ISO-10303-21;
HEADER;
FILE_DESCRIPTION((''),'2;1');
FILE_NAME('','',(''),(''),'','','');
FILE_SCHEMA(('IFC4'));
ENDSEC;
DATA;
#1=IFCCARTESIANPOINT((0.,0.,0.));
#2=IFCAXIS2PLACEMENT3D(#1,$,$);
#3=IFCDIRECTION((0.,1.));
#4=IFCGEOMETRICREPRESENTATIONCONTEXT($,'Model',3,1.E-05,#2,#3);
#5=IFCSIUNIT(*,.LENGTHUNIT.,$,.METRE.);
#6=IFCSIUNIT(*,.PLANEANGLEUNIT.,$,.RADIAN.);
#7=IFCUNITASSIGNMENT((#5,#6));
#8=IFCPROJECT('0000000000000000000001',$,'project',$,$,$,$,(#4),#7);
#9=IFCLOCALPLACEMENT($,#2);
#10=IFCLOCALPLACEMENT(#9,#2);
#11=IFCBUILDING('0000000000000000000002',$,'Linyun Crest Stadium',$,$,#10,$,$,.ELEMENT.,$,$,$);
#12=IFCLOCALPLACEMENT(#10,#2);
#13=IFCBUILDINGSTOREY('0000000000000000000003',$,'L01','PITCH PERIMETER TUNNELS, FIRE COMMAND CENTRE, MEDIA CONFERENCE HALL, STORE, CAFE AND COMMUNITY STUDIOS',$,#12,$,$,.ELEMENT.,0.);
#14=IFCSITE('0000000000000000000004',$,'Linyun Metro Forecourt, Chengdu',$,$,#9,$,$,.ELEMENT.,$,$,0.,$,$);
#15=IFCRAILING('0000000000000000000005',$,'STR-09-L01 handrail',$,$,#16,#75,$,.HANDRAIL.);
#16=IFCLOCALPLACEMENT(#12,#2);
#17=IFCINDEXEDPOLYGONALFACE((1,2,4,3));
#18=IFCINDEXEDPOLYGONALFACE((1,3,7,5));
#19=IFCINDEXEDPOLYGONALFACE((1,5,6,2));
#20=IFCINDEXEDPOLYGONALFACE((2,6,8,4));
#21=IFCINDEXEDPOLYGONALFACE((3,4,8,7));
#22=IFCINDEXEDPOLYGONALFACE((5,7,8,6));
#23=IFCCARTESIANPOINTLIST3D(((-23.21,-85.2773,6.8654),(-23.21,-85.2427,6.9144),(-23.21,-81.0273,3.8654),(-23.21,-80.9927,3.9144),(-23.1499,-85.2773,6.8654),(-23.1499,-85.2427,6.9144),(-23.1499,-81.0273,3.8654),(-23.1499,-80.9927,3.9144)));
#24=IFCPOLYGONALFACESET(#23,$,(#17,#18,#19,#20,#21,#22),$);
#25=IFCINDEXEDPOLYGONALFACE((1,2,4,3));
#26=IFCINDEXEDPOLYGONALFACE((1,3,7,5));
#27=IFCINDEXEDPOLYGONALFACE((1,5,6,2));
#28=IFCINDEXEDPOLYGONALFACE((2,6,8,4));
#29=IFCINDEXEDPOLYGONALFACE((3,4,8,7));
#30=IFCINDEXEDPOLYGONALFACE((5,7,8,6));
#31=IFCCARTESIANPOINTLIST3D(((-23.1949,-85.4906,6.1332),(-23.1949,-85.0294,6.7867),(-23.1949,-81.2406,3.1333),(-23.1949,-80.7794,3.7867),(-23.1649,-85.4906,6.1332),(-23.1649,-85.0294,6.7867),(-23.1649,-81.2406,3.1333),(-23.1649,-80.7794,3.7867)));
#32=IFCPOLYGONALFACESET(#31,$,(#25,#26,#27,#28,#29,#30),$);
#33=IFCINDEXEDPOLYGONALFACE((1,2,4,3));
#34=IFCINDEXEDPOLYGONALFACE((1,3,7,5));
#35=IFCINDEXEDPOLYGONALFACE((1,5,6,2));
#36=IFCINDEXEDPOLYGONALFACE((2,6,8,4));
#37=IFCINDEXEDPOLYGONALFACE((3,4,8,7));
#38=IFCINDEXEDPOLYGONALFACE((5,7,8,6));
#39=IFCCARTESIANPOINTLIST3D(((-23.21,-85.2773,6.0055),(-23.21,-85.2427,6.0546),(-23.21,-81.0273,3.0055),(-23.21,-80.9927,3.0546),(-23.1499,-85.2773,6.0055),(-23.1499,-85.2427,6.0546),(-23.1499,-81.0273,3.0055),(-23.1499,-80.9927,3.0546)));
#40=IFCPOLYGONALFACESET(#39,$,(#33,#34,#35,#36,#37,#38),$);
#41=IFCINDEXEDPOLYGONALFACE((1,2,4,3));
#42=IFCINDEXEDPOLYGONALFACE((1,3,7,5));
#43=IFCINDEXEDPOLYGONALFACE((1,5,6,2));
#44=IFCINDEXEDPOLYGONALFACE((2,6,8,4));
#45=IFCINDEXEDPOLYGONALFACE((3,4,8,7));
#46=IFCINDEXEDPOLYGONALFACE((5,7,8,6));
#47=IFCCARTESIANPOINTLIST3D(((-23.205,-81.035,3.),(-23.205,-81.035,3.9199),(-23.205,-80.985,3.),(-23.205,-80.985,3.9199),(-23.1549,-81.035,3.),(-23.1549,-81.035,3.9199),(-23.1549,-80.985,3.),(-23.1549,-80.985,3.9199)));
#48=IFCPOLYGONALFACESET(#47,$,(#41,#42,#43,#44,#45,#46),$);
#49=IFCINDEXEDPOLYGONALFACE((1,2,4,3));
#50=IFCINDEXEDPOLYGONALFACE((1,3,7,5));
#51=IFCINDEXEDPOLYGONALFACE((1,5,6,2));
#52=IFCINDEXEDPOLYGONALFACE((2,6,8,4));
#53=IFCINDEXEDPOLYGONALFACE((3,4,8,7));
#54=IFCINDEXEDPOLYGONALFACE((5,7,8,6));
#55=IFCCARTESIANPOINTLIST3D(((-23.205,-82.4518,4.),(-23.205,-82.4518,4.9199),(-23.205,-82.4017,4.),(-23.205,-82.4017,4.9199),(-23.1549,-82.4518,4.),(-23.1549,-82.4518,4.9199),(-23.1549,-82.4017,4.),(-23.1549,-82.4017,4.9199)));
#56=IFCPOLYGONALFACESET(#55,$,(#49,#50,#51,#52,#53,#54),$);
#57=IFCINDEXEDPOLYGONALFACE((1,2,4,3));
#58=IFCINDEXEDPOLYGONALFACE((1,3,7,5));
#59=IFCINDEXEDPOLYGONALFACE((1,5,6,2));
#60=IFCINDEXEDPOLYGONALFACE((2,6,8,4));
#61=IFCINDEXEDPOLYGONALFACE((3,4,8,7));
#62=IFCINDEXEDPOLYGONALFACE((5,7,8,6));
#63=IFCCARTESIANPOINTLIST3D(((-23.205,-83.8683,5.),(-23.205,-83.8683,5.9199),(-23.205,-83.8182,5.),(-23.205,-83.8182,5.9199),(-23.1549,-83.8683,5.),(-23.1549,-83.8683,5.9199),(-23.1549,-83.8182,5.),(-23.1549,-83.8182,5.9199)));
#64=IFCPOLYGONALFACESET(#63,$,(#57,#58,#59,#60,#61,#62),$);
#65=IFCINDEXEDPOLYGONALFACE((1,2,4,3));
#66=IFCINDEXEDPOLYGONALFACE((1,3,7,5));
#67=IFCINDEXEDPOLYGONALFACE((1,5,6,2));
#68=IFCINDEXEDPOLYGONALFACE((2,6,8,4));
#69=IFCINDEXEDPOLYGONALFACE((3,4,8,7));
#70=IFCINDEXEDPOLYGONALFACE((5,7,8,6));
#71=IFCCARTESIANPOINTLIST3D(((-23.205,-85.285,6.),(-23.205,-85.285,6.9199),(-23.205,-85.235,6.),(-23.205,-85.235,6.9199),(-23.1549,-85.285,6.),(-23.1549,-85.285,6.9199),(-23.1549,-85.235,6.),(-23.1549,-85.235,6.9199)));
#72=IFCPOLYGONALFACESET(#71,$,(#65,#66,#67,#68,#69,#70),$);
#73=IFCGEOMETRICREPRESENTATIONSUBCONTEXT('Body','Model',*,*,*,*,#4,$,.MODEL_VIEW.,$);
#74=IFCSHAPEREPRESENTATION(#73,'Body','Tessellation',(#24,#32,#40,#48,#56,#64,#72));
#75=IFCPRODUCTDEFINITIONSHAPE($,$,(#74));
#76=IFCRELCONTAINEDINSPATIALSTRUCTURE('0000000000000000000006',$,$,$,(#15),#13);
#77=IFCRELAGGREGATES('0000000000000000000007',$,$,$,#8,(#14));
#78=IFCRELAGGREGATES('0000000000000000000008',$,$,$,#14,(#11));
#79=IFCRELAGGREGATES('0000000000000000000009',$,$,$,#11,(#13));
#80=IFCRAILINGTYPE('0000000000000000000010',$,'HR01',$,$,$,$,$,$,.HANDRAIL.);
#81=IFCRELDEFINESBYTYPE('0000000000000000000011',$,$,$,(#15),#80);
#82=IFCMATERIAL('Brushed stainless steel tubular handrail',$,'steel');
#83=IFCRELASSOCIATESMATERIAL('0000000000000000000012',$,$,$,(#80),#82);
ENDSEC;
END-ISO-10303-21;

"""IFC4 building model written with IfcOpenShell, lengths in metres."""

from ifc_helpers import new_model, si_unit, direction, frame, origin, origin_2d, place, context, subcontext, project, spatial, rectangle, extrude, material, type_object, element, save


model = new_model("IFC4")

# Units and contexts
model_context = context("Model", 3, precision=1e-05, world=origin(), true_north=direction((0.0, 1.0)))
body_context = subcontext(model_context, "Body", "Model", "MODEL_VIEW")
ifc_project = project(units=[si_unit("LENGTHUNIT", "METRE"), si_unit("PLANEANGLEUNIT", "RADIAN")], contexts=[model_context])

# Site, building, storey
site_placement = place(None, origin())
site = spatial("IfcSite", under=ifc_project, at=site_placement, Name="Linyun Metro Forecourt, Chengdu", CompositionType="ELEMENT", RefElevation=0.0)
building_placement = place(site_placement, origin())
building = spatial("IfcBuilding", under=site, at=building_placement, Name="Linyun Crest Stadium", CompositionType="ELEMENT")
storey_placement = place(building_placement, origin())
storey = spatial("IfcBuildingStorey", under=building, at=storey_placement, Name="L01", Description="PITCH PERIMETER TUNNELS, FIRE COMMAND CENTRE, MEDIA CONFERENCE HALL, STORE, CAFE AND COMMUNITY STUDIOS", CompositionType="ELEMENT", Elevation=0.0)

# Railing
ifc_material_1 = material(Name="Brushed stainless steel tubular handrail", Category="steel")
railing_type_1 = type_object("IfcRailingType", Name="HR01", PredefinedType="HANDRAIL", material=ifc_material_1)
railing_1_placement = place(storey_placement, frame((-23.1799, -81.01, 3.0)))
element("IfcRailing", 1, at=railing_1_placement, inside=storey, type_object=railing_type_1, Name="STR-09-L01 handrail", PredefinedType="HANDRAIL", context=body_context, shape_type="SweptSolid", body=[
    extrude(rectangle(XDim=0.0601, YDim=0.0601, at=origin_2d()), frame((0.0, 0.0, 0.8899), z_axis=(0.0, -0.816968, 0.576683), x_axis=(1.0, 0.0, 0.0)), (0.0, 0.0, 1.0), 5.2021),
    extrude(rectangle(XDim=0.03, YDim=0.7998, at=origin_2d()), frame((0.0, 0.0, 0.46), z_axis=(0.0, -0.816968, 0.576683), x_axis=(1.0, 0.0, 0.0)), (0.0, 0.0, 1.0), 5.2021),
    extrude(rectangle(XDim=0.0601, YDim=0.0601, at=origin_2d()), frame((0.0, 0.0, 0.03), z_axis=(0.0, -0.816968, 0.576683), x_axis=(1.0, 0.0, 0.0)), (0.0, 0.0, 1.0), 5.2021),
    extrude(rectangle(XDim=0.05, YDim=0.05, at=origin_2d()), origin(), (0.0, 0.0, 1.0), 0.9199),
    extrude(rectangle(XDim=0.05, YDim=0.05, at=origin_2d()), frame((0.0, -1.4167, 1.0)), (0.0, 0.0, 1.0), 0.9199),
    extrude(rectangle(XDim=0.05, YDim=0.05, at=origin_2d()), frame((0.0, -2.8333, 2.0)), (0.0, 0.0, 1.0), 0.9199),
    extrude(rectangle(XDim=0.05, YDim=0.05, at=origin_2d()), frame((0.0, -4.25, 3.0)), (0.0, 0.0, 1.0), 0.9199),
])

save(model, "model.ifc")
